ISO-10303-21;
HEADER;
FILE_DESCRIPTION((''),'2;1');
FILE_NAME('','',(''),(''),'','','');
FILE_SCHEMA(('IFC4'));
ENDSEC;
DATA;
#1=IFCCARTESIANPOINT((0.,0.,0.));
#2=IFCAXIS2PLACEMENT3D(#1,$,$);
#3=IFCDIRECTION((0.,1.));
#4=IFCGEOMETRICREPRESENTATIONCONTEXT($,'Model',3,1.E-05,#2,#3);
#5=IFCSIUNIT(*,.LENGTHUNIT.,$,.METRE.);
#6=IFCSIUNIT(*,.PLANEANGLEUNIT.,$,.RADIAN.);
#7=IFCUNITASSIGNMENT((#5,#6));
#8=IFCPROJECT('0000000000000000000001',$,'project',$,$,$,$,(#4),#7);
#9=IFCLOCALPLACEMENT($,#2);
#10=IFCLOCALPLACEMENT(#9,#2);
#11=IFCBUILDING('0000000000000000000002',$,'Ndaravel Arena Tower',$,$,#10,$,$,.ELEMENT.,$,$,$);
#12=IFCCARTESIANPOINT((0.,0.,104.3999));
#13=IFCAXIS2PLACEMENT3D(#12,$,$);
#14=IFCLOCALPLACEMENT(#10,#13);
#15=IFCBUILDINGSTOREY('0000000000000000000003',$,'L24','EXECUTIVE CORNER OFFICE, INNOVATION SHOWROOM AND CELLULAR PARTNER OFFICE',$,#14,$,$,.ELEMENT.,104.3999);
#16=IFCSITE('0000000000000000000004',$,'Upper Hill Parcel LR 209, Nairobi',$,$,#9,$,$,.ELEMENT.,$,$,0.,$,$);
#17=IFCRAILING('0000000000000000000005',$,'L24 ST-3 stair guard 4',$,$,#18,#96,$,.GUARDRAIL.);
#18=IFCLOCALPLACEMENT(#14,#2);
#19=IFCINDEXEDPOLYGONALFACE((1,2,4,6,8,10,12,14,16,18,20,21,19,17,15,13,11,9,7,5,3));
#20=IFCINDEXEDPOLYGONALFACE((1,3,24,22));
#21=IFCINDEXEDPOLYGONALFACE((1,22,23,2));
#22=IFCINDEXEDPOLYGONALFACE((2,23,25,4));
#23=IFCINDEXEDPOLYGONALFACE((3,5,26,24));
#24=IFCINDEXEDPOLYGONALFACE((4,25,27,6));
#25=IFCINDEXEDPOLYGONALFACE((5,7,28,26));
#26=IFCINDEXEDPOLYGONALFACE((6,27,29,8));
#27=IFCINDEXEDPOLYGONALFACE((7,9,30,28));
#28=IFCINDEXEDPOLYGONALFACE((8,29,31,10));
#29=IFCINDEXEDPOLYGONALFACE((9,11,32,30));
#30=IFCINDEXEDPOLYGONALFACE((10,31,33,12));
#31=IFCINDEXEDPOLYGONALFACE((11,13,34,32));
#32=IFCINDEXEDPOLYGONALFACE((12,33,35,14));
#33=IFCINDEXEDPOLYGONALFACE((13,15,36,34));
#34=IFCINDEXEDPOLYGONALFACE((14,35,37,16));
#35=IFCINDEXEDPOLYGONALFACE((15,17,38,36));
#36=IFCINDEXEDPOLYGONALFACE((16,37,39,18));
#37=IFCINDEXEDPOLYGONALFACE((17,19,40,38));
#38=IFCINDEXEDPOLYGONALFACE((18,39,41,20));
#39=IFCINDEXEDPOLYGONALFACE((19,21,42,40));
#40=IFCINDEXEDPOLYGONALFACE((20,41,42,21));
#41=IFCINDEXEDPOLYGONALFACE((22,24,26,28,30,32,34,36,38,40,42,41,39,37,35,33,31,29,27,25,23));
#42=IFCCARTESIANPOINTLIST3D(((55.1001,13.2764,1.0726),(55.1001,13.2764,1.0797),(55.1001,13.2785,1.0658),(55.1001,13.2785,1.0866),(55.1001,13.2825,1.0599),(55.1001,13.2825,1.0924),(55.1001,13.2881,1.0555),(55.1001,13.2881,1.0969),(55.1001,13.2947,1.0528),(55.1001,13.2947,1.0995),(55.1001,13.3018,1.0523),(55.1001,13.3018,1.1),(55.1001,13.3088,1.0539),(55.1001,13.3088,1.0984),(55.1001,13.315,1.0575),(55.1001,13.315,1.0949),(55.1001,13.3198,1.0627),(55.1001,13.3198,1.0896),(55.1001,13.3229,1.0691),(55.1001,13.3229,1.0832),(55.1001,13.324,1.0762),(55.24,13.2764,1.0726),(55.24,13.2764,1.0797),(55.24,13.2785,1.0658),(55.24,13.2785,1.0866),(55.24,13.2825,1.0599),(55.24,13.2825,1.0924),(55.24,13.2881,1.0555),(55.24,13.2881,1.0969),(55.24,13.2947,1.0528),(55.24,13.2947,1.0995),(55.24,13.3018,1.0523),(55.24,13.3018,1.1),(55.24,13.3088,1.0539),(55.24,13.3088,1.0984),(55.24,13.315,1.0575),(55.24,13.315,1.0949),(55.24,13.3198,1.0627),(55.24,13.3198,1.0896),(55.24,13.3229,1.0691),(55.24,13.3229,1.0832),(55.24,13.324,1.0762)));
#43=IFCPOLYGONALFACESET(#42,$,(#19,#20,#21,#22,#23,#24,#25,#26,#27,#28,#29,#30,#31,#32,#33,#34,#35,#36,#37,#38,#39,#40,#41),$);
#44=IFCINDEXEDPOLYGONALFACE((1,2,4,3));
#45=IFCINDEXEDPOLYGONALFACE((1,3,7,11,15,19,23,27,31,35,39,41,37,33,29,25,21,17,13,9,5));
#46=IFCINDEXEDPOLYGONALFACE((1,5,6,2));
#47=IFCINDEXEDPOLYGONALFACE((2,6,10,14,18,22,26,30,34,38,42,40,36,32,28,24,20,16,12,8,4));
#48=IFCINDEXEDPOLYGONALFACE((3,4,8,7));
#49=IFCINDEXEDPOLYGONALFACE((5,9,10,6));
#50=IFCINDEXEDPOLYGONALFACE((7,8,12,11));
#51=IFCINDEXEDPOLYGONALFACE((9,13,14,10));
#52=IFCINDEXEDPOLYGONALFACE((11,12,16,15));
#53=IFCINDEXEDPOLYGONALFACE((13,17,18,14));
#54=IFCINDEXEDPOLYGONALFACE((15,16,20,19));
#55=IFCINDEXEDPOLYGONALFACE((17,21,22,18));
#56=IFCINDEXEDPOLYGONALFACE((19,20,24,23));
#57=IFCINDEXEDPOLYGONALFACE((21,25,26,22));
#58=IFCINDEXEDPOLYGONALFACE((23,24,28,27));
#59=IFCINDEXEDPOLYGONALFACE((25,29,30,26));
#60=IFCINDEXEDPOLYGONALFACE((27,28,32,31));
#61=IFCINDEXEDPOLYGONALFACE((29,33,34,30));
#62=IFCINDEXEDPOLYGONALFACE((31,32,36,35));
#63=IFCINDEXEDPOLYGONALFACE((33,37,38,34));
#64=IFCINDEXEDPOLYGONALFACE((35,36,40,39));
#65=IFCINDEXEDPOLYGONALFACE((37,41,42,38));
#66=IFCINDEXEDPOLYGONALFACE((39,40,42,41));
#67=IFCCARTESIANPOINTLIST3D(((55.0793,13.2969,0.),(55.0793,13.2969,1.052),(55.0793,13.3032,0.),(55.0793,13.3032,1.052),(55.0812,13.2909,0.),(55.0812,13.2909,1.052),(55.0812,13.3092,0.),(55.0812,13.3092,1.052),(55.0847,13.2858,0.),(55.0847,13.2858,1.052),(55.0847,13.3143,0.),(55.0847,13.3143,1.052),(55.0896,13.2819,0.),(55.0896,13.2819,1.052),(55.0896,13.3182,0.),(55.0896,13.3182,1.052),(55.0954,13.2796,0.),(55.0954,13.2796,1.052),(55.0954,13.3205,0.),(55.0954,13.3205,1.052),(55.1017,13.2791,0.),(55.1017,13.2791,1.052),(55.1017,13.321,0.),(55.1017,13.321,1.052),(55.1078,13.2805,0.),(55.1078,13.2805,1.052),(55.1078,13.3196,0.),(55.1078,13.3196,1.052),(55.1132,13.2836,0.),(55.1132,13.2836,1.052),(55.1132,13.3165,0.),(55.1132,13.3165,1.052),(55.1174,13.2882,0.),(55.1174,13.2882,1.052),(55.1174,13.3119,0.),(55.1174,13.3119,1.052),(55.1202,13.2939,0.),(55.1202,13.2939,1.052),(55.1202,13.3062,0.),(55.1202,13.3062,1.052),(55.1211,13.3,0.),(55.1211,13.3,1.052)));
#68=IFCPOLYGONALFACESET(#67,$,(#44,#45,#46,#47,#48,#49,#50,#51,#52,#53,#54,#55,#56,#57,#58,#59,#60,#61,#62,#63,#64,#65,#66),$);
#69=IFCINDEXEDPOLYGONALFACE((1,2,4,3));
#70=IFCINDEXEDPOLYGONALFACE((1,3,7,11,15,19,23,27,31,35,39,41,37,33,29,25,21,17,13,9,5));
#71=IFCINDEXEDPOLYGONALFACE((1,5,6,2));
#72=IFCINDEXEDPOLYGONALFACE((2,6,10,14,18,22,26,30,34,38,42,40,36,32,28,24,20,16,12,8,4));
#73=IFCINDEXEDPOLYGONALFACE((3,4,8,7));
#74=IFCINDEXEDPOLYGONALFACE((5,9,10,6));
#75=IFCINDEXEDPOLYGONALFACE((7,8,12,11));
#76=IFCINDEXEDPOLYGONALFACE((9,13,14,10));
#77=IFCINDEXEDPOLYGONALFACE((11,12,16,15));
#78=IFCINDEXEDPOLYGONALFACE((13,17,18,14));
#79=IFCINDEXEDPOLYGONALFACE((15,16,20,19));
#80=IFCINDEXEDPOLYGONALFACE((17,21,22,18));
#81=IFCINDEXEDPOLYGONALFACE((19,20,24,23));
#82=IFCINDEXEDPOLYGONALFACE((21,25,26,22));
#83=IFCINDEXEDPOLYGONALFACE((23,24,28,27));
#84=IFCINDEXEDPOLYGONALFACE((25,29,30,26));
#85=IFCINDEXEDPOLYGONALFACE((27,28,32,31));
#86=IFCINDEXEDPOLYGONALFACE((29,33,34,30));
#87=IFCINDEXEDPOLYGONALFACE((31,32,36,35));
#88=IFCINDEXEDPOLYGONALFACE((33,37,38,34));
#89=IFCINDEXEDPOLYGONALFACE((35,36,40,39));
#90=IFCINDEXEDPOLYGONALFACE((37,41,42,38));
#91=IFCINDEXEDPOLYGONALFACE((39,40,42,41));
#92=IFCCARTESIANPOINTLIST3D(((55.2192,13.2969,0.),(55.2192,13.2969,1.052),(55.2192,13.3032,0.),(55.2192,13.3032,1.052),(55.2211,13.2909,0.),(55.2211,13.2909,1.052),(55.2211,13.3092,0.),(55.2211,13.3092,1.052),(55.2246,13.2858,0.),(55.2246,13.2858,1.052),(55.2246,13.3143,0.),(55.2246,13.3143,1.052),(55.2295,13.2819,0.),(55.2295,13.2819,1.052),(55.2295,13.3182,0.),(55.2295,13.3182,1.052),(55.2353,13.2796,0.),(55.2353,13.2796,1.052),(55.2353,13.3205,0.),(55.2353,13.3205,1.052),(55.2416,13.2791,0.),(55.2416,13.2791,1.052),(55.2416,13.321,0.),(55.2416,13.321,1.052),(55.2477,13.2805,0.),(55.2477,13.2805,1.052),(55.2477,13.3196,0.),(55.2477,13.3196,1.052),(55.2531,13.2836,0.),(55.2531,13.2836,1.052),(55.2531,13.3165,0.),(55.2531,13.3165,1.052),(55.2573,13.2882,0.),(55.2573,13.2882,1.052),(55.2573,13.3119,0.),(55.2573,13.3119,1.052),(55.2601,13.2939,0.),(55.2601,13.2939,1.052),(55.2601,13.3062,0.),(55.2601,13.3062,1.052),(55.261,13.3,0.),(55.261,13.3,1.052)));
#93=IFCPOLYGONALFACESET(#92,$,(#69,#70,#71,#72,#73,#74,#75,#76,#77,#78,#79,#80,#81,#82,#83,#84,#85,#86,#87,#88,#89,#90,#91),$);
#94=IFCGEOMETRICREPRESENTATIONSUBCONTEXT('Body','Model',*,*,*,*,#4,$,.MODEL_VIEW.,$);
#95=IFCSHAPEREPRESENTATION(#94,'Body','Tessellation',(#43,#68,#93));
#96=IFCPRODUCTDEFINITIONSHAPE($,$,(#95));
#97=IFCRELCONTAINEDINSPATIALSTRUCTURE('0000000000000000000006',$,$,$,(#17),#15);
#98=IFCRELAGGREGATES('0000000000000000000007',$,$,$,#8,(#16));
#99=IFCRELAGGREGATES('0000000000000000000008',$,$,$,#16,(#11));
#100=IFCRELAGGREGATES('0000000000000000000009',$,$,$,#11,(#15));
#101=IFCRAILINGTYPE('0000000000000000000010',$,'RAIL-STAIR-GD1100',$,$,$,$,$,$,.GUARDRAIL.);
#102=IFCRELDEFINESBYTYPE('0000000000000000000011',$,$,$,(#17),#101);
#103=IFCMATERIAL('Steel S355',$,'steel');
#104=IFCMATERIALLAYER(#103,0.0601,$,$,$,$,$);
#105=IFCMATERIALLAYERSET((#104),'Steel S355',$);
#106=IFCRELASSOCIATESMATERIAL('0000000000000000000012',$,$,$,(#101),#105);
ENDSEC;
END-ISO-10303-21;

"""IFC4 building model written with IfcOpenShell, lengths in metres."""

from ifc_helpers import new_model, si_unit, direction, frame, origin, origin_2d, place, context, subcontext, project, spatial, circle, extrude, material, layer, layer_set, type_object, element, save


model = new_model("IFC4")

# Units and contexts
model_context = context("Model", 3, precision=1e-05, world=origin(), true_north=direction((0.0, 1.0)))
body_context = subcontext(model_context, "Body", "Model", "MODEL_VIEW")
ifc_project = project(units=[si_unit("LENGTHUNIT", "METRE"), si_unit("PLANEANGLEUNIT", "RADIAN")], contexts=[model_context])

# Site, building, storey
site_placement = place(None, origin())
site = spatial("IfcSite", under=ifc_project, at=site_placement, Name="Upper Hill Parcel LR 209, Nairobi", CompositionType="ELEMENT", RefElevation=0.0)
building_placement = place(site_placement, origin())
building = spatial("IfcBuilding", under=site, at=building_placement, Name="Ndaravel Arena Tower", CompositionType="ELEMENT")
storey_placement = place(building_placement, frame((0.0, 0.0, 104.3999)))
storey = spatial("IfcBuildingStorey", under=building, at=storey_placement, Name="L24", Description="EXECUTIVE CORNER OFFICE, INNOVATION SHOWROOM AND CELLULAR PARTNER OFFICE", CompositionType="ELEMENT", Elevation=104.3999)

# Railing
ifc_material_1 = material(Name="Steel S355", Category="steel")
ifc_layer_1 = layer(ifc_material_1, 0.0601)
ifc_layer_set_1 = layer_set([ifc_layer_1], Name="Steel S355")
railing_type_1 = type_object("IfcRailingType", Name="RAIL-STAIR-GD1100", PredefinedType="GUARDRAIL", material=ifc_layer_set_1)
railing_1_placement = place(storey_placement, frame((55.1001, 13.3, 0.0)))
element("IfcRailing", 1, at=railing_1_placement, inside=storey, type_object=railing_type_1, Name="L24 ST-3 stair guard 4", PredefinedType="GUARDRAIL", context=body_context, shape_type="SweptSolid", body=[
    extrude(circle(Radius=0.0239, at=origin_2d()), frame((0.0, 0.0, 1.0762), z_axis=(1.0, 0.0, 0.0), x_axis=(0.0, 1.0, 0.0)), (0.0, 0.0, 1.0), 0.1399),
    extrude(circle(Radius=0.021, at=origin_2d()), origin(), (0.0, 0.0, 1.0), 1.052),
    extrude(circle(Radius=0.021, at=origin_2d()), frame((0.1399, 0.0, 0.0)), (0.0, 0.0, 1.0), 1.052),
])

save(model, "model.ifc")
